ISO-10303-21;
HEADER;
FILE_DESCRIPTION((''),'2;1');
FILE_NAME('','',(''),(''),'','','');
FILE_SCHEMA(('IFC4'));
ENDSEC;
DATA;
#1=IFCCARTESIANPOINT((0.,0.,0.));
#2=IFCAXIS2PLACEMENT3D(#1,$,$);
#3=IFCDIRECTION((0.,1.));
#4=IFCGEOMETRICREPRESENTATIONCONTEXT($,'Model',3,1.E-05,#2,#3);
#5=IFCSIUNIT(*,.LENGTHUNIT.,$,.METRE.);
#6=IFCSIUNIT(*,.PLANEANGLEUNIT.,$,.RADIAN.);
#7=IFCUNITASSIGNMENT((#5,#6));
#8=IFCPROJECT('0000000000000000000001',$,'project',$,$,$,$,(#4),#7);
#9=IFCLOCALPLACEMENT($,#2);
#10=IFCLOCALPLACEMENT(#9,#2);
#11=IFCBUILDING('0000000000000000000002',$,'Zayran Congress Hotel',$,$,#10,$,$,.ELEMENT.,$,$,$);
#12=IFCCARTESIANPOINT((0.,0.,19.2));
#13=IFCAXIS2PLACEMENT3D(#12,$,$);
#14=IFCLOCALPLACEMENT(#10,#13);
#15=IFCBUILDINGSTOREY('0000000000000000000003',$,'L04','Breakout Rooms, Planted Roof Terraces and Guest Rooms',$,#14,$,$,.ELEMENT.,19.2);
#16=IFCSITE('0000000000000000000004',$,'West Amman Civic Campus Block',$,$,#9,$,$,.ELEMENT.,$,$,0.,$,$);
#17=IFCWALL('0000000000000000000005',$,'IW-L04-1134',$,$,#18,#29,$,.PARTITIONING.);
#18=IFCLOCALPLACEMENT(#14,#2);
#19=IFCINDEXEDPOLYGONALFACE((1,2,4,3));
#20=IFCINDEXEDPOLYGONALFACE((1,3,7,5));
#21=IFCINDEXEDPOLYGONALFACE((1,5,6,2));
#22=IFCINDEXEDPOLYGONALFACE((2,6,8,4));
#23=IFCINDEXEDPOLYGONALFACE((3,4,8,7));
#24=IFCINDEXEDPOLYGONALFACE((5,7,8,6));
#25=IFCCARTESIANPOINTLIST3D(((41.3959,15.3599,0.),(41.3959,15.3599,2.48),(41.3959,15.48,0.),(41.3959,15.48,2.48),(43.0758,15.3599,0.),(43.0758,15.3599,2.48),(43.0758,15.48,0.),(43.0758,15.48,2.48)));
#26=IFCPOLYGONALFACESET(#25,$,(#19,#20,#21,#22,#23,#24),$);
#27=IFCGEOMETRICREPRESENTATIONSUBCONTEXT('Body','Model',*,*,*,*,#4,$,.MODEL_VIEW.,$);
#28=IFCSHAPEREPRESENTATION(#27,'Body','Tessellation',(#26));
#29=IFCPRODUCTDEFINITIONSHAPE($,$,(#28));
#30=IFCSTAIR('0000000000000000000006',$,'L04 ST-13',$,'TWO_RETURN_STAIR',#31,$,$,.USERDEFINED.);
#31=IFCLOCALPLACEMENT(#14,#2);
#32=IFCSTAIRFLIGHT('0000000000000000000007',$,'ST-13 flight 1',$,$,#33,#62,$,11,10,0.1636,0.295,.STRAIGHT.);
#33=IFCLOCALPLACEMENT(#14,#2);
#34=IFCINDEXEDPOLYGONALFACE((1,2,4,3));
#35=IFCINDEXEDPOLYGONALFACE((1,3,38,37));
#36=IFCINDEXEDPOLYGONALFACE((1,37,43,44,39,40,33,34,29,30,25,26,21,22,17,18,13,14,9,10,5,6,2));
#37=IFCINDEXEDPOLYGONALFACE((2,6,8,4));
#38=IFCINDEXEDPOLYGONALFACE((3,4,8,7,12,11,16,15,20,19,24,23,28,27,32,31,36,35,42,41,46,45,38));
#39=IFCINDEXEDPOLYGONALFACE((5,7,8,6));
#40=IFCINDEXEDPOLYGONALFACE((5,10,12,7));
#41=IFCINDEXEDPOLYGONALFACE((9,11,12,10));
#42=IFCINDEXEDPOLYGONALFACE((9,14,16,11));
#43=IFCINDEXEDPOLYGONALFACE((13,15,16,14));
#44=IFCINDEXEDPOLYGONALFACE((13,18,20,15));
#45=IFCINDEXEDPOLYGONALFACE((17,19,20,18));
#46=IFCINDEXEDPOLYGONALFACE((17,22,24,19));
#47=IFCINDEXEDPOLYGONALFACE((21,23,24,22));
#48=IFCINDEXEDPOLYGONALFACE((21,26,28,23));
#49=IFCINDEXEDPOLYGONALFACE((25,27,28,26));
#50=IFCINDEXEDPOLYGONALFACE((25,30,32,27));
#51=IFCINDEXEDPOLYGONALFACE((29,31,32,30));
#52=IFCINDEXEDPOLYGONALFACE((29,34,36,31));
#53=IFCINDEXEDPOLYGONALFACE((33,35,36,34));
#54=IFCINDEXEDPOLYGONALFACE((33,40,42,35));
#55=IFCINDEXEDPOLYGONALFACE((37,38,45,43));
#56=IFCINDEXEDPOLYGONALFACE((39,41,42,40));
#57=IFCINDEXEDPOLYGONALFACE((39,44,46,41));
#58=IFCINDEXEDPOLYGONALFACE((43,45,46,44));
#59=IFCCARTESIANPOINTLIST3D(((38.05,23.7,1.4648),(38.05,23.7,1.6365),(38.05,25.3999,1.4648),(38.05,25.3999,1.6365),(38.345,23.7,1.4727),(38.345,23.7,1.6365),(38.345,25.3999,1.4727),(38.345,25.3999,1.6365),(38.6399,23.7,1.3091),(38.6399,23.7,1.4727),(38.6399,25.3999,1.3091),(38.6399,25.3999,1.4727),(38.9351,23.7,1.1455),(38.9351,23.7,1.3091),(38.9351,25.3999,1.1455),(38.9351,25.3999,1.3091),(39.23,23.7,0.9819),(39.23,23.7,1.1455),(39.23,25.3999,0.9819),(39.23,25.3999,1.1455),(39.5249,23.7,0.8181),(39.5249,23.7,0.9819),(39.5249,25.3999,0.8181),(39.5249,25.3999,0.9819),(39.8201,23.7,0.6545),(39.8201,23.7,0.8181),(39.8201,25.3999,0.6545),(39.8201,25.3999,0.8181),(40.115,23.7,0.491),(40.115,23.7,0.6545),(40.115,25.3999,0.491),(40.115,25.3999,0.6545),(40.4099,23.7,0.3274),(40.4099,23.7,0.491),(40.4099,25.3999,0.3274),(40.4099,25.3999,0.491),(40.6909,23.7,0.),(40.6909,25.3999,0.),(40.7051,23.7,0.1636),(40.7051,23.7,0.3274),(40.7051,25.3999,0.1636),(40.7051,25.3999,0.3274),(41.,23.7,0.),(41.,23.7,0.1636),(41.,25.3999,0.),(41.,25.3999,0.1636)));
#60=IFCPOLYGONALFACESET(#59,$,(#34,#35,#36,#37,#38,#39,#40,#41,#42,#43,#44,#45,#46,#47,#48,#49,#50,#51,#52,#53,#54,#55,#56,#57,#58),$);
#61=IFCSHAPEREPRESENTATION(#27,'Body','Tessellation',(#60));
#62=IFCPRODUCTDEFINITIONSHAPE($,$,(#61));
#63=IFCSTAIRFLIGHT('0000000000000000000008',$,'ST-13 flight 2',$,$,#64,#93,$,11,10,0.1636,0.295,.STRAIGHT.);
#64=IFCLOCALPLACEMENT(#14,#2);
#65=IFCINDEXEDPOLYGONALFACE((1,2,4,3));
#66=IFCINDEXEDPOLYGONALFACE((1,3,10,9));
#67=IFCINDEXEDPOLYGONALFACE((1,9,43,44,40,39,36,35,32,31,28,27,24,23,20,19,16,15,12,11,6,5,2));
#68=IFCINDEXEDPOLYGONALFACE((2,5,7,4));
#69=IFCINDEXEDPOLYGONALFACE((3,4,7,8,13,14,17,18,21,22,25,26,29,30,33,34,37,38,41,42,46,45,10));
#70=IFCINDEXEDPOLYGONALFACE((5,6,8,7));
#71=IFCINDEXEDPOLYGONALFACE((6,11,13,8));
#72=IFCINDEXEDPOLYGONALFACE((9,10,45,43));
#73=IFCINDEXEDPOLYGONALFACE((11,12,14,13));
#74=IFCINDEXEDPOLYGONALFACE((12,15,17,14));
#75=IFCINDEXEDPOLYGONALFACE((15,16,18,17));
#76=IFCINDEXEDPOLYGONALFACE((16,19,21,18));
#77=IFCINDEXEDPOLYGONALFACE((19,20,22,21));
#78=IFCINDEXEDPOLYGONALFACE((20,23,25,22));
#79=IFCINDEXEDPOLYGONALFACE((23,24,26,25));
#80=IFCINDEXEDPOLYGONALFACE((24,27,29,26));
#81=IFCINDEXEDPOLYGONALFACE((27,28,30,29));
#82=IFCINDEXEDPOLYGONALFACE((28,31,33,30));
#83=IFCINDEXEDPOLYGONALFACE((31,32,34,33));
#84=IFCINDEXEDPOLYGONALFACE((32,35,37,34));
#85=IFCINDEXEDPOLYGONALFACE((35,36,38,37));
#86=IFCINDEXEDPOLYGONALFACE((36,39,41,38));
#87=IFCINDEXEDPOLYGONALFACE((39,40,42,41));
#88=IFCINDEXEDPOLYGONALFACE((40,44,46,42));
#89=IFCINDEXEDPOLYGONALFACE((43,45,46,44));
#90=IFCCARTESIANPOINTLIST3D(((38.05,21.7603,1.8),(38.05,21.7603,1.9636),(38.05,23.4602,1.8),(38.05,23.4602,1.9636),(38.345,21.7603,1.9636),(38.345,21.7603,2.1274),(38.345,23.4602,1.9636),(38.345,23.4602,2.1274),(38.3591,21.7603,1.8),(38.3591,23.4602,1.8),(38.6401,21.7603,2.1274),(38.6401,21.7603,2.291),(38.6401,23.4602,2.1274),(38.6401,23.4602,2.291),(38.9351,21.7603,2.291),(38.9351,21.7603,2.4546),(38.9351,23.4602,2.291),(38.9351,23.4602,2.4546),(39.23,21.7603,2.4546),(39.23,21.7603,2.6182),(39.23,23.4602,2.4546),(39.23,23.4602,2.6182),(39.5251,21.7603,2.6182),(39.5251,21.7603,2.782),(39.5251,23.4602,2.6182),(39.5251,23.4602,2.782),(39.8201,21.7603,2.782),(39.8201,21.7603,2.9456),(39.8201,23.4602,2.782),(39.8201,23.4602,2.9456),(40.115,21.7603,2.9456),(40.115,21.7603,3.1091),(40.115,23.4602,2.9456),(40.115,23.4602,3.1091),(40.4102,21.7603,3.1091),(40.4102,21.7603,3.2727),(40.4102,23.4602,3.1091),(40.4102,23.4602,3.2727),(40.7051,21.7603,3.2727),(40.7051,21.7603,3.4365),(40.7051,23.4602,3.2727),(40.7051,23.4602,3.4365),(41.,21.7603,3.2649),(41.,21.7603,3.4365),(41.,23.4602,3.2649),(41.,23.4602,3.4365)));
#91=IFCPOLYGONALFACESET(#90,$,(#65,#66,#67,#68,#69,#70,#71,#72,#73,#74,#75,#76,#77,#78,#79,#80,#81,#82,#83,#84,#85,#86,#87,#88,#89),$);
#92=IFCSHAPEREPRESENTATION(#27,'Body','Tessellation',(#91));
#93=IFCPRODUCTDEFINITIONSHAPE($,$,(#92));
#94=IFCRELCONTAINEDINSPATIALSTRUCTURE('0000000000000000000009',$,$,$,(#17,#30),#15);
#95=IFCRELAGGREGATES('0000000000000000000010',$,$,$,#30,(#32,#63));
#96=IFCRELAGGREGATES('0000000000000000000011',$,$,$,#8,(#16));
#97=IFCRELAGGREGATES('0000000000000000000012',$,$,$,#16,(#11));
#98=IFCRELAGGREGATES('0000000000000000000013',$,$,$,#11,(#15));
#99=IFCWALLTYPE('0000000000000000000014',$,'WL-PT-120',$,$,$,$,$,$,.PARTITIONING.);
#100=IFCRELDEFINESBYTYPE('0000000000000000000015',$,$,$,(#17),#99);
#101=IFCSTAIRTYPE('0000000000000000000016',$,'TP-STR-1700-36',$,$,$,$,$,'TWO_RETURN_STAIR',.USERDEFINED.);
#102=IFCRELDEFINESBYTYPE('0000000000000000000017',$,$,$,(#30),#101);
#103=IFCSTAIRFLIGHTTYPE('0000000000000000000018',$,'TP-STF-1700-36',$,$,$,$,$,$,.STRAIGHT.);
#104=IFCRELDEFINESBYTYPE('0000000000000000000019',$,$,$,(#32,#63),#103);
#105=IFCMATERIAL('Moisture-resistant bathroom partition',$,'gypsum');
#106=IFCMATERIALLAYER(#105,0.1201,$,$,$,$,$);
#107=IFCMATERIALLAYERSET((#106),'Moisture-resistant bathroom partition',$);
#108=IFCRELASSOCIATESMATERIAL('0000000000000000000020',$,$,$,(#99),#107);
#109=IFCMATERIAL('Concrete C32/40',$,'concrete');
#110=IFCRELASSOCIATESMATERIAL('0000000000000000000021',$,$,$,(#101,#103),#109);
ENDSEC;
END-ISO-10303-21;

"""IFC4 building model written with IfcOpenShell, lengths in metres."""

from ifc_helpers import new_model, si_unit, direction, frame, frame_2d, origin, place, context, subcontext, project, spatial, polyline, rectangle, outline, extrude, material, layer, layer_set, type_object, element, aggregate, save


model = new_model("IFC4")

# Units and contexts
model_context = context("Model", 3, precision=1e-05, world=origin(), true_north=direction((0.0, 1.0)))
body_context = subcontext(model_context, "Body", "Model", "MODEL_VIEW")
ifc_project = project(units=[si_unit("LENGTHUNIT", "METRE"), si_unit("PLANEANGLEUNIT", "RADIAN")], contexts=[model_context])

# Site, building, storey
site_placement = place(None, origin())
site = spatial("IfcSite", under=ifc_project, at=site_placement, Name="West Amman Civic Campus Block", CompositionType="ELEMENT", RefElevation=0.0)
building_placement = place(site_placement, origin())
building = spatial("IfcBuilding", under=site, at=building_placement, Name="Zayran Congress Hotel", CompositionType="ELEMENT")
storey_placement = place(building_placement, frame((0.0, 0.0, 19.2)))
storey = spatial("IfcBuildingStorey", under=building, at=storey_placement, Name="L04", Description="Breakout Rooms, Planted Roof Terraces and Guest Rooms", CompositionType="ELEMENT", Elevation=19.2)

# Wall
ifc_material_1 = material(Name="Moisture-resistant bathroom partition", Category="gypsum")
ifc_layer_1 = layer(ifc_material_1, 0.1201)
ifc_layer_set_1 = layer_set([ifc_layer_1], Name="Moisture-resistant bathroom partition")
wall_type_1 = type_object("IfcWallType", Name="WL-PT-120", PredefinedType="PARTITIONING", material=ifc_layer_set_1)
wall_1_placement = place(storey_placement, frame((41.396, 15.4199, 0.0), z_axis=(0.0, 0.0, 1.0), x_axis=(1.0, 0.0, 0.0)))
element("IfcWall", 1, at=wall_1_placement, inside=storey, type_object=wall_type_1, Name="IW-L04-1134", PredefinedType="PARTITIONING", context=body_context, shape_type="SweptSolid", body=[
    extrude(rectangle(XDim=1.6799, YDim=0.1201, at=frame_2d((0.8398, 0.0))), origin(), (0.0, 0.0, 1.0), 2.48),
])

# Stair, stair flights
ifc_material_2 = material(Name="Concrete C32/40", Category="concrete")
stair_type = type_object("IfcStairType", Name="TP-STR-1700-36", ElementType="TWO_RETURN_STAIR", PredefinedType="USERDEFINED", material=ifc_material_2)
stair_placement = place(storey_placement, origin())
stair = element("IfcStair", 2, at=stair_placement, inside=storey, type_object=stair_type, Name="L04 ST-13", ObjectType="TWO_RETURN_STAIR", PredefinedType="USERDEFINED")
stair_flight_type = type_object("IfcStairFlightType", Name="TP-STF-1700-36", PredefinedType="STRAIGHT", material=ifc_material_2)
stair_flight_1_placement = place(storey_placement, frame((41.0, 24.55, 0.0), z_axis=(0.0, 0.0, 1.0), x_axis=(-1.0, 0.0, 0.0)))
stair_flight_1 = element("IfcStairFlight", 3, at=stair_flight_1_placement, type_object=stair_flight_type, Name="ST-13 flight 1", NumberOfRisers=11, NumberOfTreads=10, PredefinedType="STRAIGHT", RiserHeight=0.1636, TreadLength=0.295, context=body_context, shape_type="SweptSolid", body=[
    extrude(outline(polyline([(0.0, 0.0), (0.0, 0.1636), (0.2949, 0.1636), (0.2949, 0.3274), (0.5901, 0.3274), (0.5901, 0.491), (0.885, 0.491), (0.885, 0.6545), (1.1799, 0.6545), (1.1799, 0.8181), (1.4751, 0.8181), (1.4751, 0.9819), (1.77, 0.9819), (1.77, 1.1455), (2.0649, 1.1455), (2.0649, 1.3091), (2.3601, 1.3091), (2.3601, 1.4727), (2.655, 1.4727), (2.655, 1.6365), (2.95, 1.6365), (2.95, 1.8), (2.95, 1.4648), (0.3091, 0.0), (0.0, 0.0)])), frame((0.0, 0.8501, 0.0), z_axis=(0.0, -1.0, 0.0), x_axis=(1.0, 0.0, 0.0)), (0.0, 0.0, 1.0), 1.7),
])
stair_flight_2_placement = place(storey_placement, frame((38.05, 22.6101, 1.8), z_axis=(0.0, 0.0, 1.0), x_axis=(1.0, 0.0, 0.0)))
stair_flight_2 = element("IfcStairFlight", 4, at=stair_flight_2_placement, type_object=stair_flight_type, Name="ST-13 flight 2", NumberOfRisers=11, NumberOfTreads=10, PredefinedType="STRAIGHT", RiserHeight=0.1636, TreadLength=0.295, context=body_context, shape_type="SweptSolid", body=[
    extrude(outline(polyline([(0.0, 0.0), (0.0, 0.1636), (0.2949, 0.1636), (0.2949, 0.3274), (0.5901, 0.3274), (0.5901, 0.491), (0.885, 0.491), (0.885, 0.6545), (1.1799, 0.6545), (1.1799, 0.8181), (1.4751, 0.8181), (1.4751, 0.9819), (1.77, 0.9819), (1.77, 1.1455), (2.0649, 1.1455), (2.0649, 1.3091), (2.3601, 1.3091), (2.3601, 1.4727), (2.655, 1.4727), (2.655, 1.6365), (2.95, 1.6365), (2.95, 1.8), (2.95, 1.4648), (0.3091, 0.0), (0.0, 0.0)])), frame((0.0, 0.8501, 0.0), z_axis=(0.0, -1.0, 0.0), x_axis=(1.0, 0.0, 0.0)), (0.0, 0.0, 1.0), 1.7),
])
aggregate(stair, [stair_flight_1, stair_flight_2])

save(model, "model.ifc")
